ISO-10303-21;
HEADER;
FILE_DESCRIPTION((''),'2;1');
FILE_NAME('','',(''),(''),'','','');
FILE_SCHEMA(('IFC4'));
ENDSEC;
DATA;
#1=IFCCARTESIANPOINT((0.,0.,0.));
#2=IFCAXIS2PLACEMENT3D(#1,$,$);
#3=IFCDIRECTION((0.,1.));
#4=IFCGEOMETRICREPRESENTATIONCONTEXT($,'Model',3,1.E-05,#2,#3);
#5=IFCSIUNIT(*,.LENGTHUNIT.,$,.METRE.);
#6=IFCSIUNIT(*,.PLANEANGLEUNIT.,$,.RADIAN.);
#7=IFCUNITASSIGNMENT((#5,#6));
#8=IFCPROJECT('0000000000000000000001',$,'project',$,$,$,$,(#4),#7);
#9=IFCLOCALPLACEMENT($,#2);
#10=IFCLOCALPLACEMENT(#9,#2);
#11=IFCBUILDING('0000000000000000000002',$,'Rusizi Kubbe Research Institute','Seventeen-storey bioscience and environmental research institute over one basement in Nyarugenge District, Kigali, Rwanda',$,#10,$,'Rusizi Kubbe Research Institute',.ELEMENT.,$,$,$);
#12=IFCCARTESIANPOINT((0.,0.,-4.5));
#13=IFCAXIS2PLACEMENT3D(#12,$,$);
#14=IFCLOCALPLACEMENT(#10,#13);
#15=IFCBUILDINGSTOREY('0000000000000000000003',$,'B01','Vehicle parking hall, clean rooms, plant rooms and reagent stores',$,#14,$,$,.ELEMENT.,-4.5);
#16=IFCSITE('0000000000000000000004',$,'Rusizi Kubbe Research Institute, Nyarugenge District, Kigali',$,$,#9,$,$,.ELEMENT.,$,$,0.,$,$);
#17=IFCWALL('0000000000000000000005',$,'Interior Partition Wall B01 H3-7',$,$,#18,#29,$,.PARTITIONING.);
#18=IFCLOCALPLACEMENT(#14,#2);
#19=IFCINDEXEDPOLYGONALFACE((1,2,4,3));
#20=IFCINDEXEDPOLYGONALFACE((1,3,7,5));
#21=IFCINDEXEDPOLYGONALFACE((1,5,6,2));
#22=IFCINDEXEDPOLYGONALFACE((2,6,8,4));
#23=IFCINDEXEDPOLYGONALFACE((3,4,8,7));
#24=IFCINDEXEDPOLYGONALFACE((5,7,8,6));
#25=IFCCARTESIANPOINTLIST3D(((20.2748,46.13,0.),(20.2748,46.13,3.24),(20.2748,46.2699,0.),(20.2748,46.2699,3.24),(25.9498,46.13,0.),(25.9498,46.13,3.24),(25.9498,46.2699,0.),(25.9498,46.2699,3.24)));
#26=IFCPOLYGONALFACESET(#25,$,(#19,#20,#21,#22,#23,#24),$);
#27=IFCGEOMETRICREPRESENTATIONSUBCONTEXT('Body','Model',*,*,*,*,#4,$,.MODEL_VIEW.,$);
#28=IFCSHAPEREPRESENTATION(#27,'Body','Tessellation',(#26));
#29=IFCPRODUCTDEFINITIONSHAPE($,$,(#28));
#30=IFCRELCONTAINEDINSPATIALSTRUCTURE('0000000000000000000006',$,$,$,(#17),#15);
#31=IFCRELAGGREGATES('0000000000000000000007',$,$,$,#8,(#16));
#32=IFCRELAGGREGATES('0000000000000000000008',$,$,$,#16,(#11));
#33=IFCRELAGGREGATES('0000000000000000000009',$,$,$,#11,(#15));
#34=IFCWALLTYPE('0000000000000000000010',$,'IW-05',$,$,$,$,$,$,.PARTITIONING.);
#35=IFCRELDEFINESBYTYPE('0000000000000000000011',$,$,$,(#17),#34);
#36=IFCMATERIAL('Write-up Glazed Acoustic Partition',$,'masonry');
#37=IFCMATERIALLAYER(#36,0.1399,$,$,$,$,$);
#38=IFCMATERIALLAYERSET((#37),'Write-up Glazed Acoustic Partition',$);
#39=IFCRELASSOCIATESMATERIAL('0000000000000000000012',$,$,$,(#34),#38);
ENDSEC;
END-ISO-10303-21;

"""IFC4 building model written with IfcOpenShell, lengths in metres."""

from ifc_helpers import new_model, si_unit, direction, frame, frame_2d, origin, place, context, subcontext, project, spatial, rectangle, extrude, material, layer, layer_set, type_object, element, save


model = new_model("IFC4")

# Units and contexts
model_context = context("Model", 3, precision=1e-05, world=origin(), true_north=direction((0.0, 1.0)))
body_context = subcontext(model_context, "Body", "Model", "MODEL_VIEW")
ifc_project = project(units=[si_unit("LENGTHUNIT", "METRE"), si_unit("PLANEANGLEUNIT", "RADIAN")], contexts=[model_context])

# Site, building, storey
site_placement = place(None, origin())
site = spatial("IfcSite", under=ifc_project, at=site_placement, Name="Rusizi Kubbe Research Institute, Nyarugenge District, Kigali", CompositionType="ELEMENT", RefElevation=0.0)
building_placement = place(site_placement, origin())
building = spatial("IfcBuilding", under=site, at=building_placement, Name="Rusizi Kubbe Research Institute", Description="Seventeen-storey bioscience and environmental research institute over one basement in Nyarugenge District, Kigali, Rwanda", LongName="Rusizi Kubbe Research Institute", CompositionType="ELEMENT")
storey_placement = place(building_placement, frame((0.0, 0.0, -4.5)))
storey = spatial("IfcBuildingStorey", under=building, at=storey_placement, Name="B01", Description="Vehicle parking hall, clean rooms, plant rooms and reagent stores", CompositionType="ELEMENT", Elevation=-4.5)

# Wall
ifc_material_1 = material(Name="Write-up Glazed Acoustic Partition", Category="masonry")
ifc_layer_1 = layer(ifc_material_1, 0.1399)
ifc_layer_set_1 = layer_set([ifc_layer_1], Name="Write-up Glazed Acoustic Partition")
wall_type_1 = type_object("IfcWallType", Name="IW-05", PredefinedType="PARTITIONING", material=ifc_layer_set_1)
wall_1_placement = place(storey_placement, frame((20.2749, 46.2, 0.0), z_axis=(0.0, 0.0, 1.0), x_axis=(1.0, 0.0, 0.0)))
element("IfcWall", 1, at=wall_1_placement, inside=storey, type_object=wall_type_1, Name="Interior Partition Wall B01 H3-7", PredefinedType="PARTITIONING", context=body_context, shape_type="SweptSolid", body=[
    extrude(rectangle(XDim=5.675, YDim=0.1399, at=frame_2d((2.8374, 0.0))), origin(), (0.0, 0.0, 1.0), 3.24),
])

save(model, "model.ifc")
